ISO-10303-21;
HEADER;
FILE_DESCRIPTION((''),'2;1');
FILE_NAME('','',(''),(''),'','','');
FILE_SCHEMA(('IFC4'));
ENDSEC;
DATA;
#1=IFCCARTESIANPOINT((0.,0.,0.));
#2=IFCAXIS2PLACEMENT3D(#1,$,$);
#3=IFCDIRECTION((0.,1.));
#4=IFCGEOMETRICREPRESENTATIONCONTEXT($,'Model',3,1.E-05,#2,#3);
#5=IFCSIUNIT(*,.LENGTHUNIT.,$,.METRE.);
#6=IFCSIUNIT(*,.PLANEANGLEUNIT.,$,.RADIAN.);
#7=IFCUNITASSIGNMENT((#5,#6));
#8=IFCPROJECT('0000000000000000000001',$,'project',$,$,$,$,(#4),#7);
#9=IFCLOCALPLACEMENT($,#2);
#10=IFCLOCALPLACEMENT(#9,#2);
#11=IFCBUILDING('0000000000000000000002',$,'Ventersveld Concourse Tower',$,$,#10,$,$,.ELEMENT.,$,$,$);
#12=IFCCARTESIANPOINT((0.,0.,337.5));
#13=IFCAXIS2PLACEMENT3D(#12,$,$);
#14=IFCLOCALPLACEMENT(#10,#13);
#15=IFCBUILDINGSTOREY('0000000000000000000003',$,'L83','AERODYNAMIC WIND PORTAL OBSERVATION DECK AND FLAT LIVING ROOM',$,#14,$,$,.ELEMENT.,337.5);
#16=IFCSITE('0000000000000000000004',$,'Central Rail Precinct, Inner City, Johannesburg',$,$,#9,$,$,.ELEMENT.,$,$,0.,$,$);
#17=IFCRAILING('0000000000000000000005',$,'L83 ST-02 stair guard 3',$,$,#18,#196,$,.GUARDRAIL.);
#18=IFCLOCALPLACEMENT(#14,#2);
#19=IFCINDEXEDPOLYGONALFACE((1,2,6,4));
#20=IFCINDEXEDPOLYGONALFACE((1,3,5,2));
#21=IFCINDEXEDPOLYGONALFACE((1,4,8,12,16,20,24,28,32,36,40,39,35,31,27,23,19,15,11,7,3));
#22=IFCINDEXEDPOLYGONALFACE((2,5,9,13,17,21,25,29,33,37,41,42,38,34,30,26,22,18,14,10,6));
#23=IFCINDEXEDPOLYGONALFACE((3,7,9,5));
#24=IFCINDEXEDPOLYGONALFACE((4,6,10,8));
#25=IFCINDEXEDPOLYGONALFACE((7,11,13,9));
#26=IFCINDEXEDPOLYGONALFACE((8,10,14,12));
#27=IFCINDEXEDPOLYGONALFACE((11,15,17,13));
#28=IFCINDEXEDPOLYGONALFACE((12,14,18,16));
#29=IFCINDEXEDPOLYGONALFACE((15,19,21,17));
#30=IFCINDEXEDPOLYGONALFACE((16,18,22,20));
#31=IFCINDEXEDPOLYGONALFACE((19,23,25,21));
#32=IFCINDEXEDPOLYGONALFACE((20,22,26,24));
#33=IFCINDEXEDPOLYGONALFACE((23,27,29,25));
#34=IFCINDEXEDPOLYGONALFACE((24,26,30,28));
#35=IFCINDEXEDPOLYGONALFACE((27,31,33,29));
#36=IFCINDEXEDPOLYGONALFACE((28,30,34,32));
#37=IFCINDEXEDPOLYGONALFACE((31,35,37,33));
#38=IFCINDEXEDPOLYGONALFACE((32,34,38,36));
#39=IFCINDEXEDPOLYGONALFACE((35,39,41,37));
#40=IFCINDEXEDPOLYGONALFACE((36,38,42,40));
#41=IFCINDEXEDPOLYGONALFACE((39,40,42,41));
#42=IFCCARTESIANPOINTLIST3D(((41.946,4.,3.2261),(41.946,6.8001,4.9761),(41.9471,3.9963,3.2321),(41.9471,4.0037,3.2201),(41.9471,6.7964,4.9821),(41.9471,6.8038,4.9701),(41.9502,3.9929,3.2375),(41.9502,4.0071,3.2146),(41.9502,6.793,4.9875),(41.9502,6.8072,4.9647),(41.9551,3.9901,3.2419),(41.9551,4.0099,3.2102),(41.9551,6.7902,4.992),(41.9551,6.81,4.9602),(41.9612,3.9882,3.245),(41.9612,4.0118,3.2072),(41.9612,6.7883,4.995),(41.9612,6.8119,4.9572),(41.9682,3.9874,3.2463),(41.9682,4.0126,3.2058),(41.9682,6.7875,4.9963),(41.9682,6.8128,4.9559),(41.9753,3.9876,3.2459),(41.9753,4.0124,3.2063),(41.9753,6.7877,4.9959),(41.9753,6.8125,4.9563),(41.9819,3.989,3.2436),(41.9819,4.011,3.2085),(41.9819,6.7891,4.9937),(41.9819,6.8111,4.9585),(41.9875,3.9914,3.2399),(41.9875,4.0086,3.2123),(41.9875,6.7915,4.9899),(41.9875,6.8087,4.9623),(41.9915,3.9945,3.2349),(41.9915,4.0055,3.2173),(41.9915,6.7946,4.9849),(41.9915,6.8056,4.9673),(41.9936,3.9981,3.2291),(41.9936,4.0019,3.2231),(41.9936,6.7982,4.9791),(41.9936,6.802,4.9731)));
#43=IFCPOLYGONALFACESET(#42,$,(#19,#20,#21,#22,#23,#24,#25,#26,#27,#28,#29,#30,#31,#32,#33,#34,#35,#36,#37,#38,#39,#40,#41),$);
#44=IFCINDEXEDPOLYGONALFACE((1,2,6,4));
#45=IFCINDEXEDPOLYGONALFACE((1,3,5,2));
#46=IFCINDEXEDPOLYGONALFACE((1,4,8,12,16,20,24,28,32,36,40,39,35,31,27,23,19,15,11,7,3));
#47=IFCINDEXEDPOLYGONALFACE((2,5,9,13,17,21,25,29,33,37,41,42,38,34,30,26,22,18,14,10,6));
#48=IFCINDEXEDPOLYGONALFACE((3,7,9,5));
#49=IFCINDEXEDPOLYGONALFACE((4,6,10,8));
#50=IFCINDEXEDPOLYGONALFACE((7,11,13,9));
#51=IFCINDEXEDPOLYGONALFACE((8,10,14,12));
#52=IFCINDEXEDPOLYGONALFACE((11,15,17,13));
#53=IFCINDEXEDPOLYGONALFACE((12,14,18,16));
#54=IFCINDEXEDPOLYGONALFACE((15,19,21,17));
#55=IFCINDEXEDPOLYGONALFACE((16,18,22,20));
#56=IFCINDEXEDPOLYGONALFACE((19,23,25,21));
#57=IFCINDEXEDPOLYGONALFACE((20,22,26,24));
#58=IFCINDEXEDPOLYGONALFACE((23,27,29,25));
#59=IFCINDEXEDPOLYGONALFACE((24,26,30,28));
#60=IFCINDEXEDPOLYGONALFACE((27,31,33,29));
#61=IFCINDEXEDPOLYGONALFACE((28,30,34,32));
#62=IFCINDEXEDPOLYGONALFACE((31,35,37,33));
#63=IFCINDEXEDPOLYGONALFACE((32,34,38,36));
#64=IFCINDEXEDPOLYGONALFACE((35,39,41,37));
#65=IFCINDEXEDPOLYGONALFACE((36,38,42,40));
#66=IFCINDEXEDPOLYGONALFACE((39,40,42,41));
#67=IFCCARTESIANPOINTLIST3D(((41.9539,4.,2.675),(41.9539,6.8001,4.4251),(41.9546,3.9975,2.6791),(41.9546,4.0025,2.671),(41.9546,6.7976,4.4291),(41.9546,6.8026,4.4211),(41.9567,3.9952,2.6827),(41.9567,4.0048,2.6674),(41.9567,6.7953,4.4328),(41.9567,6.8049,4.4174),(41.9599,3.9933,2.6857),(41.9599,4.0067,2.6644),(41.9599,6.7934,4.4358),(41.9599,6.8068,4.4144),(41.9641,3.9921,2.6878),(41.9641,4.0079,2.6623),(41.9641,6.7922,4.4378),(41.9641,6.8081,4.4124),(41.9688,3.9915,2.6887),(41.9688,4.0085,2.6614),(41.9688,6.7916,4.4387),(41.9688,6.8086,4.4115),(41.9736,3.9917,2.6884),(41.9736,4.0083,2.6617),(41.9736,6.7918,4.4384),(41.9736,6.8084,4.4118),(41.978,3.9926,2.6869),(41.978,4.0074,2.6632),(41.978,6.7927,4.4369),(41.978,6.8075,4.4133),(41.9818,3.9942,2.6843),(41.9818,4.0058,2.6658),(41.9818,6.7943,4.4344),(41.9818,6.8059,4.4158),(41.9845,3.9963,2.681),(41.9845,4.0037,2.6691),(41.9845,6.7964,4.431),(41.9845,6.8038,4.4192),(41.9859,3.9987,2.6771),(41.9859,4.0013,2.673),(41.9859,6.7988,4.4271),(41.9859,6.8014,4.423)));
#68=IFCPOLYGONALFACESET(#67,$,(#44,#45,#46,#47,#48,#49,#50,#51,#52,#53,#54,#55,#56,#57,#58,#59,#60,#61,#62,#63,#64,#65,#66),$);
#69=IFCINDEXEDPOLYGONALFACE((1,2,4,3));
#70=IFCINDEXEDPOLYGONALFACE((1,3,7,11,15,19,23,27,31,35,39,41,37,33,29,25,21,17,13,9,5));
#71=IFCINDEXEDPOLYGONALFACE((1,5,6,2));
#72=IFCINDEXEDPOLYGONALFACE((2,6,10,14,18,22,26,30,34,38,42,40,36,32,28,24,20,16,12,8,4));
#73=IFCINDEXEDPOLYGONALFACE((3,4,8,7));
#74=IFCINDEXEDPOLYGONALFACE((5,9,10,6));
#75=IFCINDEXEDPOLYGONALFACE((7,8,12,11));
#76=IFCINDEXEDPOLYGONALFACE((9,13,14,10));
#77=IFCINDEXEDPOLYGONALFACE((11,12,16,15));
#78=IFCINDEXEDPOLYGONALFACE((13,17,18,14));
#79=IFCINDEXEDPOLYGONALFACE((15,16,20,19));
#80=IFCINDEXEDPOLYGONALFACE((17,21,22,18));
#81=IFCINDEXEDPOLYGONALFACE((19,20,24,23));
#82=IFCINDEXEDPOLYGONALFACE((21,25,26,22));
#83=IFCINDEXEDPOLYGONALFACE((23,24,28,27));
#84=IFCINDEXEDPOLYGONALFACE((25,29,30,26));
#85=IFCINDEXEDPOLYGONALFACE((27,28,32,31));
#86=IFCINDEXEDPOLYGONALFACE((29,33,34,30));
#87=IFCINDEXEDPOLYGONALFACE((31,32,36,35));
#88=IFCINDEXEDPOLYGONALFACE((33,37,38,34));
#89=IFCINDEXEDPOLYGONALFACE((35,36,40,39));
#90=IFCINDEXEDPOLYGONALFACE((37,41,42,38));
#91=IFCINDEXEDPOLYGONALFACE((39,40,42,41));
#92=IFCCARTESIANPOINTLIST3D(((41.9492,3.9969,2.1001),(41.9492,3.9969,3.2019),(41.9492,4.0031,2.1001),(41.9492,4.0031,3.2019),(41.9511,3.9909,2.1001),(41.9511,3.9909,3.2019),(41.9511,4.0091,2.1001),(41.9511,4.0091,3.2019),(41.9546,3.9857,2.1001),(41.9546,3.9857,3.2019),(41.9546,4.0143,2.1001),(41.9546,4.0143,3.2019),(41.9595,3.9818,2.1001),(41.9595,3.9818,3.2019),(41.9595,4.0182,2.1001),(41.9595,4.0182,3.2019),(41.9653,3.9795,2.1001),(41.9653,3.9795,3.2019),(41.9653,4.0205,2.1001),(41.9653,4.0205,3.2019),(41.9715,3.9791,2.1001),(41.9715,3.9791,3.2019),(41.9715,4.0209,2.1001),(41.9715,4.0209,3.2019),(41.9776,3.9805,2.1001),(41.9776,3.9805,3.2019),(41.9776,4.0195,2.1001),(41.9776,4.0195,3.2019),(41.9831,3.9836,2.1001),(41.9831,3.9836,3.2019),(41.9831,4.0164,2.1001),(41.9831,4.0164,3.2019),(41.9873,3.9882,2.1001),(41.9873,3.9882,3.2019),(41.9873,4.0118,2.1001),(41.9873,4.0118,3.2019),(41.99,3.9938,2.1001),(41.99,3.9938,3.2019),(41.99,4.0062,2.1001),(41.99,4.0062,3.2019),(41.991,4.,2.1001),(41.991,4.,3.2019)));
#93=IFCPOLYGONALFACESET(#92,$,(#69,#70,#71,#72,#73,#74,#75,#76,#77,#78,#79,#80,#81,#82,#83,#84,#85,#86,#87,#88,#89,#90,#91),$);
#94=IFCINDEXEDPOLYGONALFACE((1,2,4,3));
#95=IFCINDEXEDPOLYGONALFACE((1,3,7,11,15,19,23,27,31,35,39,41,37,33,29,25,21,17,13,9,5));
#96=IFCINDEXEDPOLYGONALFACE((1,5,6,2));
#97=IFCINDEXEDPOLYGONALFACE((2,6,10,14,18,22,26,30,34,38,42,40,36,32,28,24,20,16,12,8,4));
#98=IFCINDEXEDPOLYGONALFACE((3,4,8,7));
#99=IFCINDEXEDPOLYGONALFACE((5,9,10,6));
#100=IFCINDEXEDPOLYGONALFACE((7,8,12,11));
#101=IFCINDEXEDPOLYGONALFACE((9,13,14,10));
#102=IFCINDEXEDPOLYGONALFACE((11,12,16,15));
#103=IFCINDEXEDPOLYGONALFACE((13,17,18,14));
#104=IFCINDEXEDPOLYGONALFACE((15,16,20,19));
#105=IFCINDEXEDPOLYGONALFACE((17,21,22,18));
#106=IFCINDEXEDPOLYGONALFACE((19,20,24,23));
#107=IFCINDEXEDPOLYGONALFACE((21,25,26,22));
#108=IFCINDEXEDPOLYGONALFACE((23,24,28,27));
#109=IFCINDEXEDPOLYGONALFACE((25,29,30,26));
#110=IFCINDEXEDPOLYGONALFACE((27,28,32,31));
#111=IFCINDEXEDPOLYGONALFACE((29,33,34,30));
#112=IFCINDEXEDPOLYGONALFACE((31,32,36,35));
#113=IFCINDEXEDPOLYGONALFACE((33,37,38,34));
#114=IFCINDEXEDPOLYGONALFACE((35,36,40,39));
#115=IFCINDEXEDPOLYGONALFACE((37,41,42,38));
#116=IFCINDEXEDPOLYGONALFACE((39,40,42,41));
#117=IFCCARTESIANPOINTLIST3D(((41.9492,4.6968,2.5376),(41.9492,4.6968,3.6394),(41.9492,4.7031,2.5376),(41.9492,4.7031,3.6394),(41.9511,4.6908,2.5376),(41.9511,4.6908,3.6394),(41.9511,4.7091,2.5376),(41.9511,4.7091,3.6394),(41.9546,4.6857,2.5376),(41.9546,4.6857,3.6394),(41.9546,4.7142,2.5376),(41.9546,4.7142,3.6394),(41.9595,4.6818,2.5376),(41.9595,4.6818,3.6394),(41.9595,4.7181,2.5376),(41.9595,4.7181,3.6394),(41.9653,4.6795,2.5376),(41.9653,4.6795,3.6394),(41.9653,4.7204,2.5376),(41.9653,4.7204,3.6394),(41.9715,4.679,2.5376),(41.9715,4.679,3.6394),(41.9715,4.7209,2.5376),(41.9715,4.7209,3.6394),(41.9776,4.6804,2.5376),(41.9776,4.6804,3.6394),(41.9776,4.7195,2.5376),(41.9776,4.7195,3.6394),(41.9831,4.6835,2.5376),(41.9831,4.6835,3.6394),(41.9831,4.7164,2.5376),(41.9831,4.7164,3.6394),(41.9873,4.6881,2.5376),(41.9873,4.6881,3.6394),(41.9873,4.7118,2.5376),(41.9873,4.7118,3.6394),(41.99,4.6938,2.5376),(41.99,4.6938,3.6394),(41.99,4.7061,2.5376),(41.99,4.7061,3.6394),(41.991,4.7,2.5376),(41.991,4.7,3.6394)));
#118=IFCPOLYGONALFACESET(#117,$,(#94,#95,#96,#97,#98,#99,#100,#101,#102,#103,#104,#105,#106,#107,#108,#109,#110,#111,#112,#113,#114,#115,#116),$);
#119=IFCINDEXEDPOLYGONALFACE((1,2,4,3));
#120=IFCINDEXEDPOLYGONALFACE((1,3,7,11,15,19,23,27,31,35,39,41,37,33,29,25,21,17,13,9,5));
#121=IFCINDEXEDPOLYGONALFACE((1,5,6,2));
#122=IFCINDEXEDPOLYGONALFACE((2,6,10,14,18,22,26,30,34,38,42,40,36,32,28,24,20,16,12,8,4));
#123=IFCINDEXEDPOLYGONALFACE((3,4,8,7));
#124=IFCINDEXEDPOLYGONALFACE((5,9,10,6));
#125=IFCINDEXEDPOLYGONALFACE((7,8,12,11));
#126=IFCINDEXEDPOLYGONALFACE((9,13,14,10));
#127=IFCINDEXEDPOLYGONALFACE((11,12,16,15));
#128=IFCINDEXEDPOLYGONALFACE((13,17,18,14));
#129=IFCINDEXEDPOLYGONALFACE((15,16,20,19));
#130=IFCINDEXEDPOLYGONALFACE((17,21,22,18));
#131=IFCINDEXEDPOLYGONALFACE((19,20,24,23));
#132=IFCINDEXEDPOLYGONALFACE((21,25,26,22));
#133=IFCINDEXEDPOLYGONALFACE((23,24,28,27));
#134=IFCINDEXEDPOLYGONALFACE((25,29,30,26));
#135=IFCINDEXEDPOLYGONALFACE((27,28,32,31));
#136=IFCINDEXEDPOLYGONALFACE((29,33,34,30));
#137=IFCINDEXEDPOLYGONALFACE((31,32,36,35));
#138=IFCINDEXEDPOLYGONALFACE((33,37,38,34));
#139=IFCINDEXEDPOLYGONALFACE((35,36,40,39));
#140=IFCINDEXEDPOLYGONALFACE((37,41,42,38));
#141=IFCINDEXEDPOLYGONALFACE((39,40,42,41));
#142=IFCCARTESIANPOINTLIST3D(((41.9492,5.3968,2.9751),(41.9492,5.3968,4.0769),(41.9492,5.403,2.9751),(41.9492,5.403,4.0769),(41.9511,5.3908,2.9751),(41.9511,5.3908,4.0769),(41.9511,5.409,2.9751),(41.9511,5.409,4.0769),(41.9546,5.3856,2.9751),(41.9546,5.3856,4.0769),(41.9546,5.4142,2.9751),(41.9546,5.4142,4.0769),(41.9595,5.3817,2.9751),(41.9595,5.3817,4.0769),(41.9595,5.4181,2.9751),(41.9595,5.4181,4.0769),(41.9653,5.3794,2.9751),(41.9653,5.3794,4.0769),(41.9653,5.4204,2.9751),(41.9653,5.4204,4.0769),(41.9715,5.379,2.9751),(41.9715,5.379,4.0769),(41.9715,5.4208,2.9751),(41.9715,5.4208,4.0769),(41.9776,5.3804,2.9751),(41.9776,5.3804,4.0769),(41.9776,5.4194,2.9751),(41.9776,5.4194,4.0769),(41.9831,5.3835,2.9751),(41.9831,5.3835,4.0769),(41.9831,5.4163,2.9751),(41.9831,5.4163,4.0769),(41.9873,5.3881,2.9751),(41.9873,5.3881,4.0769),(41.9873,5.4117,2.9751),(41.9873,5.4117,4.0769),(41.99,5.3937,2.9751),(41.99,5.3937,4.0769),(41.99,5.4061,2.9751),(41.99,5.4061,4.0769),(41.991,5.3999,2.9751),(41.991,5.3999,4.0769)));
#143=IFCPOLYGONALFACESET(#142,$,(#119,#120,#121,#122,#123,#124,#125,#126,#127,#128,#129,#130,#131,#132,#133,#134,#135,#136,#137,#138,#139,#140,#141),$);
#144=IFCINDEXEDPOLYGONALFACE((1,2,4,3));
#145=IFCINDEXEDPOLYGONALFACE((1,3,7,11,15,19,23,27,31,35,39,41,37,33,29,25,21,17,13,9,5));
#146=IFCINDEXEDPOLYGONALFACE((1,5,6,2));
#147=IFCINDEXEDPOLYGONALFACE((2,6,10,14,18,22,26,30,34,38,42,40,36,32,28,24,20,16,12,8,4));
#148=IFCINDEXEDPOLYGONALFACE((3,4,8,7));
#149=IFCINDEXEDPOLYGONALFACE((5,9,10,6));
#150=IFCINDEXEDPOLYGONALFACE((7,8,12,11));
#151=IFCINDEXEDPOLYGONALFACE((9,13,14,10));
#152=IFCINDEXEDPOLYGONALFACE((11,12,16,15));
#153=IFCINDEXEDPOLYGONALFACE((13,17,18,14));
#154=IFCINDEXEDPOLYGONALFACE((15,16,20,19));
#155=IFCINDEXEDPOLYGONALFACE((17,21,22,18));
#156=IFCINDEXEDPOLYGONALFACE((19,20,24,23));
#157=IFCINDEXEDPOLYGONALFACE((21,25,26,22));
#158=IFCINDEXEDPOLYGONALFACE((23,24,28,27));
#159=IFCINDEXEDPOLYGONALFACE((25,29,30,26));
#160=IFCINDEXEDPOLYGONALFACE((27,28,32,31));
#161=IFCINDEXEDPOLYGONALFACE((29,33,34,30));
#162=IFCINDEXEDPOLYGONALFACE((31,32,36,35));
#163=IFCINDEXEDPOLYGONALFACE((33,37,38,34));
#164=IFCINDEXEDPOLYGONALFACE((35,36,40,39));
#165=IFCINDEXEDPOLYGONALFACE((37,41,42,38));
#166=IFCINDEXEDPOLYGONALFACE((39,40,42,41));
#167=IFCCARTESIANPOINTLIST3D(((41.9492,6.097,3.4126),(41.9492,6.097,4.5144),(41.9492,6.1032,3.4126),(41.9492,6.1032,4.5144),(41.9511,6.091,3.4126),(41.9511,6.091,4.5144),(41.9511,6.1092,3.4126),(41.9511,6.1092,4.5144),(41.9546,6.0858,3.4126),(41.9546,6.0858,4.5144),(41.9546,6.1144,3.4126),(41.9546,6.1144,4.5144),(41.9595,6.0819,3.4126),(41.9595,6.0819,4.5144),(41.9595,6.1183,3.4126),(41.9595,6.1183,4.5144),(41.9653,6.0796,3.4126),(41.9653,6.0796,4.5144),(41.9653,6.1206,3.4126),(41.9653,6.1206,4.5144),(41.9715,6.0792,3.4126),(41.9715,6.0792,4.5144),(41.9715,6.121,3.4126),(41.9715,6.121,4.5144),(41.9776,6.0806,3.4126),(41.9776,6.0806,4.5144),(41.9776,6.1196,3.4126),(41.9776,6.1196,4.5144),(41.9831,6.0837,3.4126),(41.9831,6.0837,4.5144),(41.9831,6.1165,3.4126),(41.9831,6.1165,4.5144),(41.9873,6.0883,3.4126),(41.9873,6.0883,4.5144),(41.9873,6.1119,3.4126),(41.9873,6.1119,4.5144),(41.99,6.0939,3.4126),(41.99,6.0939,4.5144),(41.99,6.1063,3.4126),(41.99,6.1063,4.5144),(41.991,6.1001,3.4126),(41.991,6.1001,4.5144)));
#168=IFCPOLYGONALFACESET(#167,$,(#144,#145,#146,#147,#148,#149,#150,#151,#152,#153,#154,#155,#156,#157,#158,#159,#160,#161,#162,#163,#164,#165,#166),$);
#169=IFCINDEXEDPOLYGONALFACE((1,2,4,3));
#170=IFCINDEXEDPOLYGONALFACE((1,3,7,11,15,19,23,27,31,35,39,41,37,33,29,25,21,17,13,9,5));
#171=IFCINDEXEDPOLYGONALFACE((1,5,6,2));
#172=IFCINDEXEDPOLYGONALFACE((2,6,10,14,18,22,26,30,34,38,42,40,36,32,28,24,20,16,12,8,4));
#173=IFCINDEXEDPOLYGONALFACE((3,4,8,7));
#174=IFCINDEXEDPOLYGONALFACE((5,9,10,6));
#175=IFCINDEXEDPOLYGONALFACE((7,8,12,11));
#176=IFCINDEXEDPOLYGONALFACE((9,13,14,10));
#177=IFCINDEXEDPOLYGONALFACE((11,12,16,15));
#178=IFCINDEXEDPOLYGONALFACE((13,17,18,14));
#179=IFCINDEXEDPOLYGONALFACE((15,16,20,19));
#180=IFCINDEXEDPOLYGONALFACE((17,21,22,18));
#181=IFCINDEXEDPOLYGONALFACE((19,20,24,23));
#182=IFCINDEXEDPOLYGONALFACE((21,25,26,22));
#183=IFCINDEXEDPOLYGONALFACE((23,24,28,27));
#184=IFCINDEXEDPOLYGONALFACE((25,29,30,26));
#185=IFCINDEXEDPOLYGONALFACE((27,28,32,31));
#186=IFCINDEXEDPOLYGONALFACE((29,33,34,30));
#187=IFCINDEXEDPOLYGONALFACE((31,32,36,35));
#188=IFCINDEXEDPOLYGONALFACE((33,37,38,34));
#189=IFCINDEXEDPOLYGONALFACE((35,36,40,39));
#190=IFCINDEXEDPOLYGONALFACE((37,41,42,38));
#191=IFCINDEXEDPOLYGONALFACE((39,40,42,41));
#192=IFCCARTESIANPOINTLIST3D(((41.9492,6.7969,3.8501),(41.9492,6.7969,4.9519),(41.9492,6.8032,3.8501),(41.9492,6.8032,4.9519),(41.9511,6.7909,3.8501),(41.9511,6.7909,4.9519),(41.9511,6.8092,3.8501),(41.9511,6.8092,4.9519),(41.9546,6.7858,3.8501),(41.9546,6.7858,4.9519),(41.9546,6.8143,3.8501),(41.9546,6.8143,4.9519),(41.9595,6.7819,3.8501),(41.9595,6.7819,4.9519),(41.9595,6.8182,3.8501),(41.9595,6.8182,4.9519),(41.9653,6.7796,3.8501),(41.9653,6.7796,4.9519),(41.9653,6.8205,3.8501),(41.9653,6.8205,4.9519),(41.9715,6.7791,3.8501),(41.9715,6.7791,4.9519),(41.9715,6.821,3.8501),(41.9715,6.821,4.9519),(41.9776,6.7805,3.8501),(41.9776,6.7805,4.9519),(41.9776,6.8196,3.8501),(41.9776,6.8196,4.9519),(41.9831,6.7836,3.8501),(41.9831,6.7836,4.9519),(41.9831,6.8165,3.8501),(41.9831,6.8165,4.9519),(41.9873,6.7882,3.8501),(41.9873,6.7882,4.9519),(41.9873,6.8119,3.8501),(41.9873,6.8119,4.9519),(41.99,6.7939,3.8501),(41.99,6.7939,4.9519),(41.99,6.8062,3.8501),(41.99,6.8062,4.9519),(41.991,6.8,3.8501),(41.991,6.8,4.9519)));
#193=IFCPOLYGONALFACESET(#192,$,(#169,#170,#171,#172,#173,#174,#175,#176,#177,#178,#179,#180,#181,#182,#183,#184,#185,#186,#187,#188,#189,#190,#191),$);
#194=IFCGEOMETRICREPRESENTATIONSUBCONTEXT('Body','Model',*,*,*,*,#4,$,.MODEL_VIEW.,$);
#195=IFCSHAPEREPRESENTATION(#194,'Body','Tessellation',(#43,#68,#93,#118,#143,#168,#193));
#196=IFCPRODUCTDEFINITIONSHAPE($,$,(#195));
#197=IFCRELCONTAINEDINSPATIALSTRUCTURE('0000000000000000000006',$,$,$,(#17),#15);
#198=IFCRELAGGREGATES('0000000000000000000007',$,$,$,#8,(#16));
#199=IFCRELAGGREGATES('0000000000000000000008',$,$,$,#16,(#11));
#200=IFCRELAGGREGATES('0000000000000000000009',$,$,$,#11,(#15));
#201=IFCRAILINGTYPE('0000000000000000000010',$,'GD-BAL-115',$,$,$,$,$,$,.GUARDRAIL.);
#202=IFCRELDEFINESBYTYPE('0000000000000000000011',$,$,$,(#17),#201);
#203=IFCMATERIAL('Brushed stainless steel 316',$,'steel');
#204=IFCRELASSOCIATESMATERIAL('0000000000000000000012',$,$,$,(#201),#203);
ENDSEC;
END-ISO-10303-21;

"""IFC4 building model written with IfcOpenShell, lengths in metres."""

from ifc_helpers import new_model, si_unit, direction, frame, origin, origin_2d, place, context, subcontext, project, spatial, circle, extrude, material, type_object, element, save


model = new_model("IFC4")

# Units and contexts
model_context = context("Model", 3, precision=1e-05, world=origin(), true_north=direction((0.0, 1.0)))
body_context = subcontext(model_context, "Body", "Model", "MODEL_VIEW")
ifc_project = project(units=[si_unit("LENGTHUNIT", "METRE"), si_unit("PLANEANGLEUNIT", "RADIAN")], contexts=[model_context])

# Site, building, storey
site_placement = place(None, origin())
site = spatial("IfcSite", under=ifc_project, at=site_placement, Name="Central Rail Precinct, Inner City, Johannesburg", CompositionType="ELEMENT", RefElevation=0.0)
building_placement = place(site_placement, origin())
building = spatial("IfcBuilding", under=site, at=building_placement, Name="Ventersveld Concourse Tower", CompositionType="ELEMENT")
storey_placement = place(building_placement, frame((0.0, 0.0, 337.5)))
storey = spatial("IfcBuildingStorey", under=building, at=storey_placement, Name="L83", Description="AERODYNAMIC WIND PORTAL OBSERVATION DECK AND FLAT LIVING ROOM", CompositionType="ELEMENT", Elevation=337.5)

# Railing
ifc_material_1 = material(Name="Brushed stainless steel 316", Category="steel")
railing_type_1 = type_object("IfcRailingType", Name="GD-BAL-115", PredefinedType="GUARDRAIL", material=ifc_material_1)
railing_1_placement = place(storey_placement, frame((41.97, 4.0, 2.1001)))
element("IfcRailing", 1, at=railing_1_placement, inside=storey, type_object=railing_type_1, Name="L83 ST-02 stair guard 3", PredefinedType="GUARDRAIL", context=body_context, shape_type="SweptSolid", body=[
    extrude(circle(Radius=0.0239, at=origin_2d()), frame((0.0, 0.0, 1.126), z_axis=(0.0, 0.848002, 0.529992), x_axis=(-1.0, 0.0, 0.0)), (0.0, 0.0, 1.0), 3.302),
    extrude(circle(Radius=0.0161, at=origin_2d()), frame((0.0, 0.0, 0.575), z_axis=(0.0, 0.848002, 0.529992), x_axis=(-1.0, 0.0, 0.0)), (0.0, 0.0, 1.0), 3.302),
    extrude(circle(Radius=0.021, at=origin_2d()), origin(), (0.0, 0.0, 1.0), 1.1018),
    extrude(circle(Radius=0.021, at=origin_2d()), frame((0.0, 0.7, 0.4375)), (0.0, 0.0, 1.0), 1.1018),
    extrude(circle(Radius=0.021, at=origin_2d()), frame((0.0, 1.3999, 0.875)), (0.0, 0.0, 1.0), 1.1018),
    extrude(circle(Radius=0.021, at=origin_2d()), frame((0.0, 2.1001, 1.3125)), (0.0, 0.0, 1.0), 1.1018),
    extrude(circle(Radius=0.021, at=origin_2d()), frame((0.0, 2.8, 1.75)), (0.0, 0.0, 1.0), 1.1018),
])

save(model, "model.ifc")
